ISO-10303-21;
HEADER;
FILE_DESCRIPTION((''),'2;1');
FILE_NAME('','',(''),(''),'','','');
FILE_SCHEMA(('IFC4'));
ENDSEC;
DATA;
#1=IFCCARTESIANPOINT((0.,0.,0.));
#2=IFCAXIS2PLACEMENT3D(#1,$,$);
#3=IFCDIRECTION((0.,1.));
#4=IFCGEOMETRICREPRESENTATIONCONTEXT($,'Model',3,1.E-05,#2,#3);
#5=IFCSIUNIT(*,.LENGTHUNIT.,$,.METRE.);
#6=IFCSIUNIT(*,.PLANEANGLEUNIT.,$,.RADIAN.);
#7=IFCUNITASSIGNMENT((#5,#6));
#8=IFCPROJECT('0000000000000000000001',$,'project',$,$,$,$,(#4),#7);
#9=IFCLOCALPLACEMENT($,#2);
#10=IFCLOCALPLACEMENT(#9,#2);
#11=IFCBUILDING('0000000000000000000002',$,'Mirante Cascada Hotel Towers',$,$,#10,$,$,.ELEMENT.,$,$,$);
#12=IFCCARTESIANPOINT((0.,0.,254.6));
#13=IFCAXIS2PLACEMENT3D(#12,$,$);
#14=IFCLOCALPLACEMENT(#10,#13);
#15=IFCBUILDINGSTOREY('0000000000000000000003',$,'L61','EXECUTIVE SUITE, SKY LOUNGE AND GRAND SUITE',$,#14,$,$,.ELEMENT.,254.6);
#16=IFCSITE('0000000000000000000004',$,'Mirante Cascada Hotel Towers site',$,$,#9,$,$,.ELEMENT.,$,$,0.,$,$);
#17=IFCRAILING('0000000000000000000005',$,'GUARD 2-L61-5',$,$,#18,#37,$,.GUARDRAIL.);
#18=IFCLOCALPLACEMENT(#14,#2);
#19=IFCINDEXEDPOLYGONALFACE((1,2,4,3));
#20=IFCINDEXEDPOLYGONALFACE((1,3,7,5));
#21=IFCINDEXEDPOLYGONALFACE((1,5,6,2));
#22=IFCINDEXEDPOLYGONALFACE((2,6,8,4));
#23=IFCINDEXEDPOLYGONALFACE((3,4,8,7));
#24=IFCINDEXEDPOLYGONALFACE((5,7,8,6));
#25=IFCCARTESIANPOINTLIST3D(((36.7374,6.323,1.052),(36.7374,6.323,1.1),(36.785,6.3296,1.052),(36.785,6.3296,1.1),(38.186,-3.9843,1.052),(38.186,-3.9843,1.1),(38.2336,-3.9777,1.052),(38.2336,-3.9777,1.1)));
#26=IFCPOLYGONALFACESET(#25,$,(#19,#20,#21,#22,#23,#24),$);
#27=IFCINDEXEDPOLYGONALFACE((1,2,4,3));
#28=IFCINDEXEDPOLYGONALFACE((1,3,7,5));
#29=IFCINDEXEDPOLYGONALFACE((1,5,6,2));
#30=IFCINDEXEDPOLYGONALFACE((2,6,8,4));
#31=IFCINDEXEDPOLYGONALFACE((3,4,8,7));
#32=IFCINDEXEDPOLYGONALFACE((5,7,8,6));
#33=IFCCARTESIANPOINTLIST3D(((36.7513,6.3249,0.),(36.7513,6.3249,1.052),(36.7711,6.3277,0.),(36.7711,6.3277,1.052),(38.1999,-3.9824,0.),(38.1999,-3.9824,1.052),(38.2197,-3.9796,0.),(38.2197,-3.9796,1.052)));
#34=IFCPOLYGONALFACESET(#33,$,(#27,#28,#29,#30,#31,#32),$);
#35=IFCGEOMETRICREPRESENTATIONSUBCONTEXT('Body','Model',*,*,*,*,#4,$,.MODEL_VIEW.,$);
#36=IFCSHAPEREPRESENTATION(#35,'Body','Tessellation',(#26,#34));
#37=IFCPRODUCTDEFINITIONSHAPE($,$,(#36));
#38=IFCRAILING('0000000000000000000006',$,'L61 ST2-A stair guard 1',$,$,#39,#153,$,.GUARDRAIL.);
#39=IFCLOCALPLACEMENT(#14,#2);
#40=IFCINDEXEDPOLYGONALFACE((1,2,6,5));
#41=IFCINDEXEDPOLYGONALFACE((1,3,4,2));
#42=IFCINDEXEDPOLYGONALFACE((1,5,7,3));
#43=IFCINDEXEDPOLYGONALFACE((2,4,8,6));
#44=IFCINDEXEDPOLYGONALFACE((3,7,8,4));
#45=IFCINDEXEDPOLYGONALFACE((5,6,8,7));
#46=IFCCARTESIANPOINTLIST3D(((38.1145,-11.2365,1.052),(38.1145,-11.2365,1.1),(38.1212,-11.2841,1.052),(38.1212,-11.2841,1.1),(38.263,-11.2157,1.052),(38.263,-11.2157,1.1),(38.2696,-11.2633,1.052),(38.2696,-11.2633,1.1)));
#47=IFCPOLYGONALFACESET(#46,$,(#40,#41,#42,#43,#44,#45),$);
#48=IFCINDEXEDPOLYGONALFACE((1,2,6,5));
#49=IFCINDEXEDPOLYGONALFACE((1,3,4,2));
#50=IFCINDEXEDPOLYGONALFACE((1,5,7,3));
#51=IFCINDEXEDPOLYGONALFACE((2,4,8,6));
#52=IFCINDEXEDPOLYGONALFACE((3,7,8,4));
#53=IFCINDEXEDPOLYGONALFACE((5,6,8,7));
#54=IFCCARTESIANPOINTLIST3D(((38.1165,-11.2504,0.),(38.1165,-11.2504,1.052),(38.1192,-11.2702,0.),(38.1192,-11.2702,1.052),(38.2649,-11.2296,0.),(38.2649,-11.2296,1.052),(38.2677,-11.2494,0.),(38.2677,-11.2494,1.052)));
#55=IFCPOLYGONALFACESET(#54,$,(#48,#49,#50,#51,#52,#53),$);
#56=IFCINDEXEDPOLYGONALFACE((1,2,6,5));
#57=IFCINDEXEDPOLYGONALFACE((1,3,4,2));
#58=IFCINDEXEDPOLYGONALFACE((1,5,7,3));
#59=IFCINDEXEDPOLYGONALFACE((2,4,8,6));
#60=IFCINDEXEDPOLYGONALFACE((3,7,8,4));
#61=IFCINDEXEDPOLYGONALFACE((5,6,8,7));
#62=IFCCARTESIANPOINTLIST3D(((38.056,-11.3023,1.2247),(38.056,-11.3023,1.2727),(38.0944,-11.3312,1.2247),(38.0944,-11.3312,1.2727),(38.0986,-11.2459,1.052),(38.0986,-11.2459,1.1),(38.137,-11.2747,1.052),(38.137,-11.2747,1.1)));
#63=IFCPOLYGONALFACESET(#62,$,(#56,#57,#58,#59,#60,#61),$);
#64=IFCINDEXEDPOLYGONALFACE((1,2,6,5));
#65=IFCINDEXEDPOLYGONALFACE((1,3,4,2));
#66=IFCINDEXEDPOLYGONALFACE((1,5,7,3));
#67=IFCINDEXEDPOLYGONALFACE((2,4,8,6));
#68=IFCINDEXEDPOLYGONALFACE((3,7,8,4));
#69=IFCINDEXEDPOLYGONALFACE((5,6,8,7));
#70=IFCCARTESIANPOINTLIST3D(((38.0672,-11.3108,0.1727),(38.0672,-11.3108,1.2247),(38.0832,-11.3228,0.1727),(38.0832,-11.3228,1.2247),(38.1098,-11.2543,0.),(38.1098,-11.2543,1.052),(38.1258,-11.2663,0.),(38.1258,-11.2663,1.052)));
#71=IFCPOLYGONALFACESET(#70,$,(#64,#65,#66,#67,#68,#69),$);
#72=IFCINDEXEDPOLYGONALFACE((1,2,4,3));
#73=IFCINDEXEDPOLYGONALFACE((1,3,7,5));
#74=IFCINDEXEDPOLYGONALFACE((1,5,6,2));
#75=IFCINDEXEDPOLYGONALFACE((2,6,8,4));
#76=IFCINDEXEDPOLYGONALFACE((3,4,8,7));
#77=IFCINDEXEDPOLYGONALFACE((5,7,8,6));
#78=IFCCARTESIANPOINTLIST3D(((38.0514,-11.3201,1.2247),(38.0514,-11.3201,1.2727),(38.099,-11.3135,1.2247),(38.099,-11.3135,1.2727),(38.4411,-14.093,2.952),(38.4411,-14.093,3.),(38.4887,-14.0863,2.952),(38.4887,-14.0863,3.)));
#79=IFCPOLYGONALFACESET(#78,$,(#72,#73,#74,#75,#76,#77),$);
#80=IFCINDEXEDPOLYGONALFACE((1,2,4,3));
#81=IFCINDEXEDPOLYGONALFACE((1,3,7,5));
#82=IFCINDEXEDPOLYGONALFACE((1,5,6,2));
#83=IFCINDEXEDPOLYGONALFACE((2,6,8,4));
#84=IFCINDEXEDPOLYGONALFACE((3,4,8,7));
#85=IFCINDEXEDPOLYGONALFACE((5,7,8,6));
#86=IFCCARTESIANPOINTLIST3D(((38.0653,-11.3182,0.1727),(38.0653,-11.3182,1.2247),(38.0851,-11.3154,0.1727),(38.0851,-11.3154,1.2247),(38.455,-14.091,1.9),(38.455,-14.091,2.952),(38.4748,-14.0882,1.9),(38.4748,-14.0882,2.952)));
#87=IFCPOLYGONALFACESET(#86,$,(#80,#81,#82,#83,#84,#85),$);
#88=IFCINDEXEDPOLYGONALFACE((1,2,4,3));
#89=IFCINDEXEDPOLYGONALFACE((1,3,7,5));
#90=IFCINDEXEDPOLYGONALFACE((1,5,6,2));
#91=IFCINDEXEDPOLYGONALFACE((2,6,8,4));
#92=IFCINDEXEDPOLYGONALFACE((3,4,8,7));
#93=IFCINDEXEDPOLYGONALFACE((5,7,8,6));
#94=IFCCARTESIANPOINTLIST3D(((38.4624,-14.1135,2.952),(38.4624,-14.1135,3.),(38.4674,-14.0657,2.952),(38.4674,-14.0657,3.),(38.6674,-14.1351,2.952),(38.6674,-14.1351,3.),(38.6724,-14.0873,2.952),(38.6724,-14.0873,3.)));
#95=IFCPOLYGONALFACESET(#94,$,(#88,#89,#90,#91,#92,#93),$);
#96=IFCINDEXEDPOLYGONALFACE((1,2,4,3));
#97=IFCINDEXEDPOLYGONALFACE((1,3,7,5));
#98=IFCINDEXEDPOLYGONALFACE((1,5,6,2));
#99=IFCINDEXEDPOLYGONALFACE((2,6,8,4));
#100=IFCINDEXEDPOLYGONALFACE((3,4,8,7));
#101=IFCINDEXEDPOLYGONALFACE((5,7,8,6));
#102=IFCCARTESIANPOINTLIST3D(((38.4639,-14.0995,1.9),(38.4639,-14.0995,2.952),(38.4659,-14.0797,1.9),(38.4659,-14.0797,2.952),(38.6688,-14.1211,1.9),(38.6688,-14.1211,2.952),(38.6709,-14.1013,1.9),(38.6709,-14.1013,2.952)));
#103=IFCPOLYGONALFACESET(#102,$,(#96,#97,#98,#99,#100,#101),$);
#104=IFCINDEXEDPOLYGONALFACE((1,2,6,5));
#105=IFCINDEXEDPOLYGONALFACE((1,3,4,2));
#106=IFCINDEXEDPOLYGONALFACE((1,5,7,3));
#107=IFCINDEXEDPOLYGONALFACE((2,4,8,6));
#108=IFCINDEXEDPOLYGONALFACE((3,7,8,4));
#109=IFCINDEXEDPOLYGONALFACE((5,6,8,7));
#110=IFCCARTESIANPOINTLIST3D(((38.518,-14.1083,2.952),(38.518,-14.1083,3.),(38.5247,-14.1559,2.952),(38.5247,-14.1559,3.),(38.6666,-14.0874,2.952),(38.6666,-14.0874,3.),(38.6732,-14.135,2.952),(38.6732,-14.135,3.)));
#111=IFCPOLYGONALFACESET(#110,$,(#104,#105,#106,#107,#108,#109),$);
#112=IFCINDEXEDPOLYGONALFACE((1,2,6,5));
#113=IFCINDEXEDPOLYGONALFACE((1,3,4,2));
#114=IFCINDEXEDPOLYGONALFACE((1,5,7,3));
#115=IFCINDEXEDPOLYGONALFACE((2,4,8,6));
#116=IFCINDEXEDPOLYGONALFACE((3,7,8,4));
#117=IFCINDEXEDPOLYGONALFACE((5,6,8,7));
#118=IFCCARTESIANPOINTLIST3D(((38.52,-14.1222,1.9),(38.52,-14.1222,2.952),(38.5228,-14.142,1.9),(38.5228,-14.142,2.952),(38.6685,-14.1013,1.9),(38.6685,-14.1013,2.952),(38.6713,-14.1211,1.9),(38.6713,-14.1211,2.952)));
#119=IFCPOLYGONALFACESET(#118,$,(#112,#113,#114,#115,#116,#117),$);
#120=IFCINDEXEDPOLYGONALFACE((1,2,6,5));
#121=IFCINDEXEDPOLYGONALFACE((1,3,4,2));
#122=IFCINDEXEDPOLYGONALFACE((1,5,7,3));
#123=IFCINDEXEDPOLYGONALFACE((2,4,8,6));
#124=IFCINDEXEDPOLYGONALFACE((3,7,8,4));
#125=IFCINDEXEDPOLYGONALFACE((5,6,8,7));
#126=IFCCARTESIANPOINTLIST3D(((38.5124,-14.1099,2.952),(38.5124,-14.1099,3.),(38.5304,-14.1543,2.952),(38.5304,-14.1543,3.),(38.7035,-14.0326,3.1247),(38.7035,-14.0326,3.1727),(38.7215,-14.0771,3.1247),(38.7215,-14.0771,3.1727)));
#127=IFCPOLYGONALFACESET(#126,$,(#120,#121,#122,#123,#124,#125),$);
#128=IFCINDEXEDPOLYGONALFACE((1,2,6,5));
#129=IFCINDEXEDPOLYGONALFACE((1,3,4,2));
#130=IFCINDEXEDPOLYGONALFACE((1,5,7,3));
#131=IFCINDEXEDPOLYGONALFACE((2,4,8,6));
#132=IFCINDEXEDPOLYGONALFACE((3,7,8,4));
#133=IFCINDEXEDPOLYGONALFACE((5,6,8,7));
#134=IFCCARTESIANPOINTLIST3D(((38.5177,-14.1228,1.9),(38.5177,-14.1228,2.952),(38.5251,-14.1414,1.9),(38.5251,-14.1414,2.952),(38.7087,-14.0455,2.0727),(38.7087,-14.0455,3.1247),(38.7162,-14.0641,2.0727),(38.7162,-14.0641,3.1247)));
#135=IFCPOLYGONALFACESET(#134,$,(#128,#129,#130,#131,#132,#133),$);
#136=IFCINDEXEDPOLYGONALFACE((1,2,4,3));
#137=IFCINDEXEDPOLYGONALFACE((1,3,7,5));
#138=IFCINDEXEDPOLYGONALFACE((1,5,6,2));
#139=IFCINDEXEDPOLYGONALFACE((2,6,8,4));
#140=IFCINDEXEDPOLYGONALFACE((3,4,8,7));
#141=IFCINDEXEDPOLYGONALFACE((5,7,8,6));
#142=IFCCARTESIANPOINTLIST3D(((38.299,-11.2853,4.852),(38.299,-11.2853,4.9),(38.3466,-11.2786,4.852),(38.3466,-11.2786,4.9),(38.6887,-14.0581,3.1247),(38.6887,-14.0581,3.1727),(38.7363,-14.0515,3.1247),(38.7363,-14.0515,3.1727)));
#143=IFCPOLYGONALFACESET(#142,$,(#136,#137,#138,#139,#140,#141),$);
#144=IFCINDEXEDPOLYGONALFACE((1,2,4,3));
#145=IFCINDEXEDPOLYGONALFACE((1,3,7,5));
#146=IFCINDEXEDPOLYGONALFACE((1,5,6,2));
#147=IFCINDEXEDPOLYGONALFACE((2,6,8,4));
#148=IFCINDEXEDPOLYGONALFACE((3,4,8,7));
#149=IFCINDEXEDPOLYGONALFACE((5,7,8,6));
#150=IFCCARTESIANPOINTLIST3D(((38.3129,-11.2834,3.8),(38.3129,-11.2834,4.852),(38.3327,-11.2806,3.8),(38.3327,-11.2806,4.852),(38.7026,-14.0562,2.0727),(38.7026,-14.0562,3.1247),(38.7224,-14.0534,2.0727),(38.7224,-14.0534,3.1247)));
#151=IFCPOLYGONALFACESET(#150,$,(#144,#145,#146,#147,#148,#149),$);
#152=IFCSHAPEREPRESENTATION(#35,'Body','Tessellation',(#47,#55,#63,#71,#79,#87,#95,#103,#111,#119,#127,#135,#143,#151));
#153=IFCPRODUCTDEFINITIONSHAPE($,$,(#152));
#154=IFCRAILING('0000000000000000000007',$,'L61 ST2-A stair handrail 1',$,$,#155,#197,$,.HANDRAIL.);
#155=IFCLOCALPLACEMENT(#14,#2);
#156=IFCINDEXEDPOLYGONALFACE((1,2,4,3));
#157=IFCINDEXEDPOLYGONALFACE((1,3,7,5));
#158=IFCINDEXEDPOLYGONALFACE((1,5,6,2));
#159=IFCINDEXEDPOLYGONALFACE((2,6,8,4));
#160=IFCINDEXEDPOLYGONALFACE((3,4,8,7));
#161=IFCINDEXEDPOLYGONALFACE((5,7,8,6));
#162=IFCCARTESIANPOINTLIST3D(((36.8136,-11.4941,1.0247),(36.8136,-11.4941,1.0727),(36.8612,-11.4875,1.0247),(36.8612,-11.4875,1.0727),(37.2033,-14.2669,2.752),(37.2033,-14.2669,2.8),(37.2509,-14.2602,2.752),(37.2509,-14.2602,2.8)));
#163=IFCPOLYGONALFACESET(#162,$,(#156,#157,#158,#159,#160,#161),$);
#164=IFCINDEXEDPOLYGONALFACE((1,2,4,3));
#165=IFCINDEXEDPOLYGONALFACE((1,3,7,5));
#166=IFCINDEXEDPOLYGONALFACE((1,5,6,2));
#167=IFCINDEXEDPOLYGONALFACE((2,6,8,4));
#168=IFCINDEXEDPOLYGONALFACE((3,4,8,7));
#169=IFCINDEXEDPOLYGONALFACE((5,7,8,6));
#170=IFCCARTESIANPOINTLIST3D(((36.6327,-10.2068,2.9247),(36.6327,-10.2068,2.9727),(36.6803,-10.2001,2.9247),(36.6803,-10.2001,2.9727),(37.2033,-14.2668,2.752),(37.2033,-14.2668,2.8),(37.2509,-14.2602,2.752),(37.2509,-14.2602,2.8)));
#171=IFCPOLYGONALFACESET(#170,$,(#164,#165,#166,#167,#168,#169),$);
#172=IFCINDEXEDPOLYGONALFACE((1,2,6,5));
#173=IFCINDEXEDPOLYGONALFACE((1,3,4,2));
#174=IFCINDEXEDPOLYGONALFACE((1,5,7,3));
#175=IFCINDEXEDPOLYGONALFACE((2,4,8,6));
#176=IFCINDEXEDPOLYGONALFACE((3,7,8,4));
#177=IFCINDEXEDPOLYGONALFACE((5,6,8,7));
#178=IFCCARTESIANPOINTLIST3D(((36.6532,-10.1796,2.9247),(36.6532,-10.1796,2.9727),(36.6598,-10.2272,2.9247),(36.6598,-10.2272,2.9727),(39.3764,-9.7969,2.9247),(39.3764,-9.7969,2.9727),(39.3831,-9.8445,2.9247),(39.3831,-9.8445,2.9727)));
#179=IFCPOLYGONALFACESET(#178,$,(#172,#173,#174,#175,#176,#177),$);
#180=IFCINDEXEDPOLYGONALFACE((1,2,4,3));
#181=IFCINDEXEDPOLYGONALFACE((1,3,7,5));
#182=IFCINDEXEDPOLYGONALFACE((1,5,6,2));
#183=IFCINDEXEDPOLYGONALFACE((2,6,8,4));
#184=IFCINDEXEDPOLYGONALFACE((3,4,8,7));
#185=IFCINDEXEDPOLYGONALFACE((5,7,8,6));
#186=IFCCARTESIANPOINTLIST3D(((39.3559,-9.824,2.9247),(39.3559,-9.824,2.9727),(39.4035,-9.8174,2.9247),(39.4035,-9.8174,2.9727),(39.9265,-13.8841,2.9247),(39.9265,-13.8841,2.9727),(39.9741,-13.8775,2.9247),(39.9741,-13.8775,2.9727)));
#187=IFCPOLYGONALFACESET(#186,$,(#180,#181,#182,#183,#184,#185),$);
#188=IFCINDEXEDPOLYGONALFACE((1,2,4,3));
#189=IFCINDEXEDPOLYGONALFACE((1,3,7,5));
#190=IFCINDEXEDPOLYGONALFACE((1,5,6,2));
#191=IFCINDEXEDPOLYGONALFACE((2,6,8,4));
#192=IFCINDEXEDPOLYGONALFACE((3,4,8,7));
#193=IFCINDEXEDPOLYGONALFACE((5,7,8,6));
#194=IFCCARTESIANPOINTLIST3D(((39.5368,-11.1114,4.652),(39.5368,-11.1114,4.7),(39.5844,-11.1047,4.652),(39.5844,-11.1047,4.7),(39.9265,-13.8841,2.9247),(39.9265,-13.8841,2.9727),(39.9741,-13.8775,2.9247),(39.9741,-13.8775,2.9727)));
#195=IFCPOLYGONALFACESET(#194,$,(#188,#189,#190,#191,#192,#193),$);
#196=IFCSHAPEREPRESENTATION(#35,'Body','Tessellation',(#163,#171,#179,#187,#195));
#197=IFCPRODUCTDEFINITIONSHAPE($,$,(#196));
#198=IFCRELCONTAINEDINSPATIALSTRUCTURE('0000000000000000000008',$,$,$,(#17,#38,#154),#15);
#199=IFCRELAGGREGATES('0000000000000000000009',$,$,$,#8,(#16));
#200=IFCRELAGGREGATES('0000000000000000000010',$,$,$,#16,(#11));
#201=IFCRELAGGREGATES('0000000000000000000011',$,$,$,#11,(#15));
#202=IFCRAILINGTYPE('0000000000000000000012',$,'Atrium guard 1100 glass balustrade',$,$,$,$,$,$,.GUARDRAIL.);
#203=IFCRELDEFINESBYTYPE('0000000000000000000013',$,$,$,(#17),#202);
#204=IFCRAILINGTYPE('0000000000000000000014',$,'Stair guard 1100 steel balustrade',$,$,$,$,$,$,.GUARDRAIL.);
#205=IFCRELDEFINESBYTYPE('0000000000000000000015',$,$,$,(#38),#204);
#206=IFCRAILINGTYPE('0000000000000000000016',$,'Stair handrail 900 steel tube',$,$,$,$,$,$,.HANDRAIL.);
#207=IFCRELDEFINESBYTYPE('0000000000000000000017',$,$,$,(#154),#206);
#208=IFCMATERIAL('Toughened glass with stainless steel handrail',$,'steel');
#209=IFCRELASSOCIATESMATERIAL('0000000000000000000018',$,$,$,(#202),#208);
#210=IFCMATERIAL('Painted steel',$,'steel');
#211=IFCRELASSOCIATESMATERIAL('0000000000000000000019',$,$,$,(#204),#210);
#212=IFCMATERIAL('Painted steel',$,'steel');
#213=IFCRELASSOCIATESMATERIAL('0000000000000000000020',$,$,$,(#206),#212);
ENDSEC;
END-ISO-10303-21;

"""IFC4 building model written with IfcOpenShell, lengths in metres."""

from ifc_helpers import new_model, si_unit, direction, frame, origin, origin_2d, place, context, subcontext, project, spatial, rectangle, extrude, material, type_object, element, save


model = new_model("IFC4")

# Units and contexts
model_context = context("Model", 3, precision=1e-05, world=origin(), true_north=direction((0.0, 1.0)))
body_context = subcontext(model_context, "Body", "Model", "MODEL_VIEW")
ifc_project = project(units=[si_unit("LENGTHUNIT", "METRE"), si_unit("PLANEANGLEUNIT", "RADIAN")], contexts=[model_context])

# Site, building, storey
site_placement = place(None, origin())
site = spatial("IfcSite", under=ifc_project, at=site_placement, Name="Mirante Cascada Hotel Towers site", CompositionType="ELEMENT", RefElevation=0.0)
building_placement = place(site_placement, origin())
building = spatial("IfcBuilding", under=site, at=building_placement, Name="Mirante Cascada Hotel Towers", CompositionType="ELEMENT")
storey_placement = place(building_placement, frame((0.0, 0.0, 254.6)))
storey = spatial("IfcBuildingStorey", under=building, at=storey_placement, Name="L61", Description="EXECUTIVE SUITE, SKY LOUNGE AND GRAND SUITE", CompositionType="ELEMENT", Elevation=254.6)

# Railings
ifc_material_1 = material(Name="Toughened glass with stainless steel handrail", Category="steel")
railing_type_1 = type_object("IfcRailingType", Name="Atrium guard 1100 glass balustrade", PredefinedType="GUARDRAIL", material=ifc_material_1)
railing_1_placement = place(storey_placement, frame((38.2098, -3.981, 0.0)))
element("IfcRailing", 1, at=railing_1_placement, inside=storey, type_object=railing_type_1, Name="GUARD 2-L61-5", PredefinedType="GUARDRAIL", context=body_context, shape_type="SweptSolid", body=[
    extrude(rectangle(XDim=0.048, YDim=0.048, at=origin_2d()), frame((0.0, 0.0, 1.076), z_axis=(-0.139173, 0.990268, 0.0), x_axis=(-0.990268, -0.139173, 0.0)), (0.0, 0.0, 1.0), 10.4086),
    extrude(rectangle(XDim=0.02, YDim=1.052, at=origin_2d()), frame((0.0, 0.0, 0.526), z_axis=(-0.139173, 0.990268, 0.0), x_axis=(-0.990268, -0.139173, 0.0)), (0.0, 0.0, 1.0), 10.4086),
])
ifc_material_2 = material(Name="Painted steel", Category="steel")
railing_type_2 = type_object("IfcRailingType", Name="Stair guard 1100 steel balustrade", PredefinedType="GUARDRAIL", material=ifc_material_2)
railing_2_placement = place(storey_placement, frame((38.2663, -11.2395, 0.0)))
element("IfcRailing", 2, at=railing_2_placement, inside=storey, type_object=railing_type_2, Name="L61 ST2-A stair guard 1", PredefinedType="GUARDRAIL", context=body_context, shape_type="SweptSolid", body=[
    extrude(rectangle(XDim=0.048, YDim=0.048, at=origin_2d()), frame((0.0, 0.0, 1.076), z_axis=(-0.990333, -0.138713, 0.0), x_axis=(0.138713, -0.990333, 0.0)), (0.0, 0.0, 1.0), 0.1499),
    extrude(rectangle(XDim=0.02, YDim=1.052, at=origin_2d()), frame((0.0, 0.0, 0.526), z_axis=(-0.990333, -0.138713, 0.0), x_axis=(0.138713, -0.990333, 0.0)), (0.0, 0.0, 1.0), 0.1499),
    extrude(rectangle(XDim=0.048, YDim=0.048, at=origin_2d()), frame((-0.1485, -0.0208, 1.076), z_axis=(-0.602033, -0.798471, 0.0), x_axis=(0.798471, -0.602033, 0.0)), (0.0, 0.92534, 0.379139), 0.1866),
    extrude(rectangle(XDim=0.02, YDim=1.052, at=origin_2d()), frame((-0.1485, -0.0208, 0.526), z_axis=(-0.602033, -0.798471, 0.0), x_axis=(0.798471, -0.602033, 0.0)), (0.0, 0.92534, 0.379139), 0.1866),
    extrude(rectangle(XDim=0.048, YDim=0.048, at=origin_2d()), frame((-0.1911, -0.0773, 1.2487), z_axis=(0.139176, -0.990268, 0.0), x_axis=(0.990268, 0.139176, 0.0)), (0.0, 0.525021, 0.851089), 3.29),
    extrude(rectangle(XDim=0.02, YDim=1.052, at=origin_2d()), frame((-0.1911, -0.0773, 0.6987), z_axis=(0.139176, -0.990268, 0.0), x_axis=(0.990268, 0.139176, 0.0)), (0.0, 0.525021, 0.851089), 3.29),
    extrude(rectangle(XDim=0.048, YDim=0.048, at=origin_2d()), frame((0.1986, -2.8501, 2.976), z_axis=(0.994495, -0.104786, 0.0), x_axis=(0.104786, 0.994495, 0.0)), (0.0, 0.0, 1.0), 0.2061),
    extrude(rectangle(XDim=0.02, YDim=1.052, at=origin_2d()), frame((0.1986, -2.8501, 2.426), z_axis=(0.994495, -0.104786, 0.0), x_axis=(0.104786, 0.994495, 0.0)), (0.0, 0.0, 1.0), 0.2061),
    extrude(rectangle(XDim=0.048, YDim=0.048, at=origin_2d()), frame((0.4036, -2.8717, 2.976), z_axis=(-0.990241, -0.139367, 0.0), x_axis=(0.139367, -0.990241, 0.0)), (0.0, 0.0, 1.0), 0.15),
    extrude(rectangle(XDim=0.02, YDim=1.052, at=origin_2d()), frame((0.4036, -2.8717, 2.426), z_axis=(-0.990241, -0.139367, 0.0), x_axis=(0.139367, -0.990241, 0.0)), (0.0, 0.0, 1.0), 0.15),
    extrude(rectangle(XDim=0.048, YDim=0.048, at=origin_2d()), frame((0.2551, -2.8926, 2.976), z_axis=(0.927031, 0.374984, 0.0), x_axis=(-0.374984, 0.927031, 0.0)), (0.0, 0.64219, 0.766545), 0.2689),
    extrude(rectangle(XDim=0.02, YDim=1.052, at=origin_2d()), frame((0.2551, -2.8926, 2.426), z_axis=(0.927031, 0.374984, 0.0), x_axis=(-0.374984, 0.927031, 0.0)), (0.0, 0.64219, 0.766545), 0.2689),
    extrude(rectangle(XDim=0.048, YDim=0.048, at=origin_2d()), frame((0.4462, -2.8153, 3.1487), z_axis=(-0.139176, 0.990268, 0.0), x_axis=(-0.990268, -0.139176, 0.0)), (0.0, 0.525021, 0.851089), 3.29),
    extrude(rectangle(XDim=0.02, YDim=1.052, at=origin_2d()), frame((0.4462, -2.8153, 2.5987), z_axis=(-0.139176, 0.990268, 0.0), x_axis=(-0.990268, -0.139176, 0.0)), (0.0, 0.525021, 0.851089), 3.29),
])
ifc_material_3 = material(Name="Painted steel", Category="steel")
railing_type_3 = type_object("IfcRailingType", Name="Stair handrail 900 steel tube", PredefinedType="HANDRAIL", material=ifc_material_3)
railing_3_placement = place(storey_placement, frame((36.8374, -11.4908, 0.1727)))
element("IfcRailing", 3, at=railing_3_placement, inside=storey, type_object=railing_type_3, Name="L61 ST2-A stair handrail 1", PredefinedType="HANDRAIL", context=body_context, shape_type="SweptSolid", body=[
    extrude(rectangle(XDim=0.048, YDim=0.048, at=origin_2d()), frame((0.0, 0.0, 0.876), z_axis=(0.139181, -0.990267, 0.0), x_axis=(0.990267, 0.139181, 0.0)), (0.0, 0.525035, 0.851081), 3.2899),
    extrude(rectangle(XDim=0.048, YDim=0.048, at=origin_2d()), frame((0.3897, -2.7727, 2.6033), z_axis=(-0.139171, 0.990268, 0.0), x_axis=(-0.990268, -0.139171, 0.0)), (0.0, 0.042085, 0.999114), 4.1036),
    extrude(rectangle(XDim=0.048, YDim=0.048, at=origin_2d()), frame((-0.1809, 1.2874, 2.776), z_axis=(0.990269, 0.139166, 0.0), x_axis=(-0.139166, 0.990269, 0.0)), (0.0, 0.0, 1.0), 2.75),
    extrude(rectangle(XDim=0.048, YDim=0.048, at=origin_2d()), frame((2.5423, 1.6701, 2.776), z_axis=(0.139171, -0.990268, 0.0), x_axis=(0.990268, 0.139171, 0.0)), (0.0, 0.0, 1.0), 4.1),
    extrude(rectangle(XDim=0.048, YDim=0.048, at=origin_2d()), frame((3.1129, -2.39, 2.776), z_axis=(-0.139181, 0.990267, 0.0), x_axis=(-0.990267, -0.139181, 0.0)), (0.0, 0.525035, 0.851081), 3.2899),
])

save(model, "model.ifc")
